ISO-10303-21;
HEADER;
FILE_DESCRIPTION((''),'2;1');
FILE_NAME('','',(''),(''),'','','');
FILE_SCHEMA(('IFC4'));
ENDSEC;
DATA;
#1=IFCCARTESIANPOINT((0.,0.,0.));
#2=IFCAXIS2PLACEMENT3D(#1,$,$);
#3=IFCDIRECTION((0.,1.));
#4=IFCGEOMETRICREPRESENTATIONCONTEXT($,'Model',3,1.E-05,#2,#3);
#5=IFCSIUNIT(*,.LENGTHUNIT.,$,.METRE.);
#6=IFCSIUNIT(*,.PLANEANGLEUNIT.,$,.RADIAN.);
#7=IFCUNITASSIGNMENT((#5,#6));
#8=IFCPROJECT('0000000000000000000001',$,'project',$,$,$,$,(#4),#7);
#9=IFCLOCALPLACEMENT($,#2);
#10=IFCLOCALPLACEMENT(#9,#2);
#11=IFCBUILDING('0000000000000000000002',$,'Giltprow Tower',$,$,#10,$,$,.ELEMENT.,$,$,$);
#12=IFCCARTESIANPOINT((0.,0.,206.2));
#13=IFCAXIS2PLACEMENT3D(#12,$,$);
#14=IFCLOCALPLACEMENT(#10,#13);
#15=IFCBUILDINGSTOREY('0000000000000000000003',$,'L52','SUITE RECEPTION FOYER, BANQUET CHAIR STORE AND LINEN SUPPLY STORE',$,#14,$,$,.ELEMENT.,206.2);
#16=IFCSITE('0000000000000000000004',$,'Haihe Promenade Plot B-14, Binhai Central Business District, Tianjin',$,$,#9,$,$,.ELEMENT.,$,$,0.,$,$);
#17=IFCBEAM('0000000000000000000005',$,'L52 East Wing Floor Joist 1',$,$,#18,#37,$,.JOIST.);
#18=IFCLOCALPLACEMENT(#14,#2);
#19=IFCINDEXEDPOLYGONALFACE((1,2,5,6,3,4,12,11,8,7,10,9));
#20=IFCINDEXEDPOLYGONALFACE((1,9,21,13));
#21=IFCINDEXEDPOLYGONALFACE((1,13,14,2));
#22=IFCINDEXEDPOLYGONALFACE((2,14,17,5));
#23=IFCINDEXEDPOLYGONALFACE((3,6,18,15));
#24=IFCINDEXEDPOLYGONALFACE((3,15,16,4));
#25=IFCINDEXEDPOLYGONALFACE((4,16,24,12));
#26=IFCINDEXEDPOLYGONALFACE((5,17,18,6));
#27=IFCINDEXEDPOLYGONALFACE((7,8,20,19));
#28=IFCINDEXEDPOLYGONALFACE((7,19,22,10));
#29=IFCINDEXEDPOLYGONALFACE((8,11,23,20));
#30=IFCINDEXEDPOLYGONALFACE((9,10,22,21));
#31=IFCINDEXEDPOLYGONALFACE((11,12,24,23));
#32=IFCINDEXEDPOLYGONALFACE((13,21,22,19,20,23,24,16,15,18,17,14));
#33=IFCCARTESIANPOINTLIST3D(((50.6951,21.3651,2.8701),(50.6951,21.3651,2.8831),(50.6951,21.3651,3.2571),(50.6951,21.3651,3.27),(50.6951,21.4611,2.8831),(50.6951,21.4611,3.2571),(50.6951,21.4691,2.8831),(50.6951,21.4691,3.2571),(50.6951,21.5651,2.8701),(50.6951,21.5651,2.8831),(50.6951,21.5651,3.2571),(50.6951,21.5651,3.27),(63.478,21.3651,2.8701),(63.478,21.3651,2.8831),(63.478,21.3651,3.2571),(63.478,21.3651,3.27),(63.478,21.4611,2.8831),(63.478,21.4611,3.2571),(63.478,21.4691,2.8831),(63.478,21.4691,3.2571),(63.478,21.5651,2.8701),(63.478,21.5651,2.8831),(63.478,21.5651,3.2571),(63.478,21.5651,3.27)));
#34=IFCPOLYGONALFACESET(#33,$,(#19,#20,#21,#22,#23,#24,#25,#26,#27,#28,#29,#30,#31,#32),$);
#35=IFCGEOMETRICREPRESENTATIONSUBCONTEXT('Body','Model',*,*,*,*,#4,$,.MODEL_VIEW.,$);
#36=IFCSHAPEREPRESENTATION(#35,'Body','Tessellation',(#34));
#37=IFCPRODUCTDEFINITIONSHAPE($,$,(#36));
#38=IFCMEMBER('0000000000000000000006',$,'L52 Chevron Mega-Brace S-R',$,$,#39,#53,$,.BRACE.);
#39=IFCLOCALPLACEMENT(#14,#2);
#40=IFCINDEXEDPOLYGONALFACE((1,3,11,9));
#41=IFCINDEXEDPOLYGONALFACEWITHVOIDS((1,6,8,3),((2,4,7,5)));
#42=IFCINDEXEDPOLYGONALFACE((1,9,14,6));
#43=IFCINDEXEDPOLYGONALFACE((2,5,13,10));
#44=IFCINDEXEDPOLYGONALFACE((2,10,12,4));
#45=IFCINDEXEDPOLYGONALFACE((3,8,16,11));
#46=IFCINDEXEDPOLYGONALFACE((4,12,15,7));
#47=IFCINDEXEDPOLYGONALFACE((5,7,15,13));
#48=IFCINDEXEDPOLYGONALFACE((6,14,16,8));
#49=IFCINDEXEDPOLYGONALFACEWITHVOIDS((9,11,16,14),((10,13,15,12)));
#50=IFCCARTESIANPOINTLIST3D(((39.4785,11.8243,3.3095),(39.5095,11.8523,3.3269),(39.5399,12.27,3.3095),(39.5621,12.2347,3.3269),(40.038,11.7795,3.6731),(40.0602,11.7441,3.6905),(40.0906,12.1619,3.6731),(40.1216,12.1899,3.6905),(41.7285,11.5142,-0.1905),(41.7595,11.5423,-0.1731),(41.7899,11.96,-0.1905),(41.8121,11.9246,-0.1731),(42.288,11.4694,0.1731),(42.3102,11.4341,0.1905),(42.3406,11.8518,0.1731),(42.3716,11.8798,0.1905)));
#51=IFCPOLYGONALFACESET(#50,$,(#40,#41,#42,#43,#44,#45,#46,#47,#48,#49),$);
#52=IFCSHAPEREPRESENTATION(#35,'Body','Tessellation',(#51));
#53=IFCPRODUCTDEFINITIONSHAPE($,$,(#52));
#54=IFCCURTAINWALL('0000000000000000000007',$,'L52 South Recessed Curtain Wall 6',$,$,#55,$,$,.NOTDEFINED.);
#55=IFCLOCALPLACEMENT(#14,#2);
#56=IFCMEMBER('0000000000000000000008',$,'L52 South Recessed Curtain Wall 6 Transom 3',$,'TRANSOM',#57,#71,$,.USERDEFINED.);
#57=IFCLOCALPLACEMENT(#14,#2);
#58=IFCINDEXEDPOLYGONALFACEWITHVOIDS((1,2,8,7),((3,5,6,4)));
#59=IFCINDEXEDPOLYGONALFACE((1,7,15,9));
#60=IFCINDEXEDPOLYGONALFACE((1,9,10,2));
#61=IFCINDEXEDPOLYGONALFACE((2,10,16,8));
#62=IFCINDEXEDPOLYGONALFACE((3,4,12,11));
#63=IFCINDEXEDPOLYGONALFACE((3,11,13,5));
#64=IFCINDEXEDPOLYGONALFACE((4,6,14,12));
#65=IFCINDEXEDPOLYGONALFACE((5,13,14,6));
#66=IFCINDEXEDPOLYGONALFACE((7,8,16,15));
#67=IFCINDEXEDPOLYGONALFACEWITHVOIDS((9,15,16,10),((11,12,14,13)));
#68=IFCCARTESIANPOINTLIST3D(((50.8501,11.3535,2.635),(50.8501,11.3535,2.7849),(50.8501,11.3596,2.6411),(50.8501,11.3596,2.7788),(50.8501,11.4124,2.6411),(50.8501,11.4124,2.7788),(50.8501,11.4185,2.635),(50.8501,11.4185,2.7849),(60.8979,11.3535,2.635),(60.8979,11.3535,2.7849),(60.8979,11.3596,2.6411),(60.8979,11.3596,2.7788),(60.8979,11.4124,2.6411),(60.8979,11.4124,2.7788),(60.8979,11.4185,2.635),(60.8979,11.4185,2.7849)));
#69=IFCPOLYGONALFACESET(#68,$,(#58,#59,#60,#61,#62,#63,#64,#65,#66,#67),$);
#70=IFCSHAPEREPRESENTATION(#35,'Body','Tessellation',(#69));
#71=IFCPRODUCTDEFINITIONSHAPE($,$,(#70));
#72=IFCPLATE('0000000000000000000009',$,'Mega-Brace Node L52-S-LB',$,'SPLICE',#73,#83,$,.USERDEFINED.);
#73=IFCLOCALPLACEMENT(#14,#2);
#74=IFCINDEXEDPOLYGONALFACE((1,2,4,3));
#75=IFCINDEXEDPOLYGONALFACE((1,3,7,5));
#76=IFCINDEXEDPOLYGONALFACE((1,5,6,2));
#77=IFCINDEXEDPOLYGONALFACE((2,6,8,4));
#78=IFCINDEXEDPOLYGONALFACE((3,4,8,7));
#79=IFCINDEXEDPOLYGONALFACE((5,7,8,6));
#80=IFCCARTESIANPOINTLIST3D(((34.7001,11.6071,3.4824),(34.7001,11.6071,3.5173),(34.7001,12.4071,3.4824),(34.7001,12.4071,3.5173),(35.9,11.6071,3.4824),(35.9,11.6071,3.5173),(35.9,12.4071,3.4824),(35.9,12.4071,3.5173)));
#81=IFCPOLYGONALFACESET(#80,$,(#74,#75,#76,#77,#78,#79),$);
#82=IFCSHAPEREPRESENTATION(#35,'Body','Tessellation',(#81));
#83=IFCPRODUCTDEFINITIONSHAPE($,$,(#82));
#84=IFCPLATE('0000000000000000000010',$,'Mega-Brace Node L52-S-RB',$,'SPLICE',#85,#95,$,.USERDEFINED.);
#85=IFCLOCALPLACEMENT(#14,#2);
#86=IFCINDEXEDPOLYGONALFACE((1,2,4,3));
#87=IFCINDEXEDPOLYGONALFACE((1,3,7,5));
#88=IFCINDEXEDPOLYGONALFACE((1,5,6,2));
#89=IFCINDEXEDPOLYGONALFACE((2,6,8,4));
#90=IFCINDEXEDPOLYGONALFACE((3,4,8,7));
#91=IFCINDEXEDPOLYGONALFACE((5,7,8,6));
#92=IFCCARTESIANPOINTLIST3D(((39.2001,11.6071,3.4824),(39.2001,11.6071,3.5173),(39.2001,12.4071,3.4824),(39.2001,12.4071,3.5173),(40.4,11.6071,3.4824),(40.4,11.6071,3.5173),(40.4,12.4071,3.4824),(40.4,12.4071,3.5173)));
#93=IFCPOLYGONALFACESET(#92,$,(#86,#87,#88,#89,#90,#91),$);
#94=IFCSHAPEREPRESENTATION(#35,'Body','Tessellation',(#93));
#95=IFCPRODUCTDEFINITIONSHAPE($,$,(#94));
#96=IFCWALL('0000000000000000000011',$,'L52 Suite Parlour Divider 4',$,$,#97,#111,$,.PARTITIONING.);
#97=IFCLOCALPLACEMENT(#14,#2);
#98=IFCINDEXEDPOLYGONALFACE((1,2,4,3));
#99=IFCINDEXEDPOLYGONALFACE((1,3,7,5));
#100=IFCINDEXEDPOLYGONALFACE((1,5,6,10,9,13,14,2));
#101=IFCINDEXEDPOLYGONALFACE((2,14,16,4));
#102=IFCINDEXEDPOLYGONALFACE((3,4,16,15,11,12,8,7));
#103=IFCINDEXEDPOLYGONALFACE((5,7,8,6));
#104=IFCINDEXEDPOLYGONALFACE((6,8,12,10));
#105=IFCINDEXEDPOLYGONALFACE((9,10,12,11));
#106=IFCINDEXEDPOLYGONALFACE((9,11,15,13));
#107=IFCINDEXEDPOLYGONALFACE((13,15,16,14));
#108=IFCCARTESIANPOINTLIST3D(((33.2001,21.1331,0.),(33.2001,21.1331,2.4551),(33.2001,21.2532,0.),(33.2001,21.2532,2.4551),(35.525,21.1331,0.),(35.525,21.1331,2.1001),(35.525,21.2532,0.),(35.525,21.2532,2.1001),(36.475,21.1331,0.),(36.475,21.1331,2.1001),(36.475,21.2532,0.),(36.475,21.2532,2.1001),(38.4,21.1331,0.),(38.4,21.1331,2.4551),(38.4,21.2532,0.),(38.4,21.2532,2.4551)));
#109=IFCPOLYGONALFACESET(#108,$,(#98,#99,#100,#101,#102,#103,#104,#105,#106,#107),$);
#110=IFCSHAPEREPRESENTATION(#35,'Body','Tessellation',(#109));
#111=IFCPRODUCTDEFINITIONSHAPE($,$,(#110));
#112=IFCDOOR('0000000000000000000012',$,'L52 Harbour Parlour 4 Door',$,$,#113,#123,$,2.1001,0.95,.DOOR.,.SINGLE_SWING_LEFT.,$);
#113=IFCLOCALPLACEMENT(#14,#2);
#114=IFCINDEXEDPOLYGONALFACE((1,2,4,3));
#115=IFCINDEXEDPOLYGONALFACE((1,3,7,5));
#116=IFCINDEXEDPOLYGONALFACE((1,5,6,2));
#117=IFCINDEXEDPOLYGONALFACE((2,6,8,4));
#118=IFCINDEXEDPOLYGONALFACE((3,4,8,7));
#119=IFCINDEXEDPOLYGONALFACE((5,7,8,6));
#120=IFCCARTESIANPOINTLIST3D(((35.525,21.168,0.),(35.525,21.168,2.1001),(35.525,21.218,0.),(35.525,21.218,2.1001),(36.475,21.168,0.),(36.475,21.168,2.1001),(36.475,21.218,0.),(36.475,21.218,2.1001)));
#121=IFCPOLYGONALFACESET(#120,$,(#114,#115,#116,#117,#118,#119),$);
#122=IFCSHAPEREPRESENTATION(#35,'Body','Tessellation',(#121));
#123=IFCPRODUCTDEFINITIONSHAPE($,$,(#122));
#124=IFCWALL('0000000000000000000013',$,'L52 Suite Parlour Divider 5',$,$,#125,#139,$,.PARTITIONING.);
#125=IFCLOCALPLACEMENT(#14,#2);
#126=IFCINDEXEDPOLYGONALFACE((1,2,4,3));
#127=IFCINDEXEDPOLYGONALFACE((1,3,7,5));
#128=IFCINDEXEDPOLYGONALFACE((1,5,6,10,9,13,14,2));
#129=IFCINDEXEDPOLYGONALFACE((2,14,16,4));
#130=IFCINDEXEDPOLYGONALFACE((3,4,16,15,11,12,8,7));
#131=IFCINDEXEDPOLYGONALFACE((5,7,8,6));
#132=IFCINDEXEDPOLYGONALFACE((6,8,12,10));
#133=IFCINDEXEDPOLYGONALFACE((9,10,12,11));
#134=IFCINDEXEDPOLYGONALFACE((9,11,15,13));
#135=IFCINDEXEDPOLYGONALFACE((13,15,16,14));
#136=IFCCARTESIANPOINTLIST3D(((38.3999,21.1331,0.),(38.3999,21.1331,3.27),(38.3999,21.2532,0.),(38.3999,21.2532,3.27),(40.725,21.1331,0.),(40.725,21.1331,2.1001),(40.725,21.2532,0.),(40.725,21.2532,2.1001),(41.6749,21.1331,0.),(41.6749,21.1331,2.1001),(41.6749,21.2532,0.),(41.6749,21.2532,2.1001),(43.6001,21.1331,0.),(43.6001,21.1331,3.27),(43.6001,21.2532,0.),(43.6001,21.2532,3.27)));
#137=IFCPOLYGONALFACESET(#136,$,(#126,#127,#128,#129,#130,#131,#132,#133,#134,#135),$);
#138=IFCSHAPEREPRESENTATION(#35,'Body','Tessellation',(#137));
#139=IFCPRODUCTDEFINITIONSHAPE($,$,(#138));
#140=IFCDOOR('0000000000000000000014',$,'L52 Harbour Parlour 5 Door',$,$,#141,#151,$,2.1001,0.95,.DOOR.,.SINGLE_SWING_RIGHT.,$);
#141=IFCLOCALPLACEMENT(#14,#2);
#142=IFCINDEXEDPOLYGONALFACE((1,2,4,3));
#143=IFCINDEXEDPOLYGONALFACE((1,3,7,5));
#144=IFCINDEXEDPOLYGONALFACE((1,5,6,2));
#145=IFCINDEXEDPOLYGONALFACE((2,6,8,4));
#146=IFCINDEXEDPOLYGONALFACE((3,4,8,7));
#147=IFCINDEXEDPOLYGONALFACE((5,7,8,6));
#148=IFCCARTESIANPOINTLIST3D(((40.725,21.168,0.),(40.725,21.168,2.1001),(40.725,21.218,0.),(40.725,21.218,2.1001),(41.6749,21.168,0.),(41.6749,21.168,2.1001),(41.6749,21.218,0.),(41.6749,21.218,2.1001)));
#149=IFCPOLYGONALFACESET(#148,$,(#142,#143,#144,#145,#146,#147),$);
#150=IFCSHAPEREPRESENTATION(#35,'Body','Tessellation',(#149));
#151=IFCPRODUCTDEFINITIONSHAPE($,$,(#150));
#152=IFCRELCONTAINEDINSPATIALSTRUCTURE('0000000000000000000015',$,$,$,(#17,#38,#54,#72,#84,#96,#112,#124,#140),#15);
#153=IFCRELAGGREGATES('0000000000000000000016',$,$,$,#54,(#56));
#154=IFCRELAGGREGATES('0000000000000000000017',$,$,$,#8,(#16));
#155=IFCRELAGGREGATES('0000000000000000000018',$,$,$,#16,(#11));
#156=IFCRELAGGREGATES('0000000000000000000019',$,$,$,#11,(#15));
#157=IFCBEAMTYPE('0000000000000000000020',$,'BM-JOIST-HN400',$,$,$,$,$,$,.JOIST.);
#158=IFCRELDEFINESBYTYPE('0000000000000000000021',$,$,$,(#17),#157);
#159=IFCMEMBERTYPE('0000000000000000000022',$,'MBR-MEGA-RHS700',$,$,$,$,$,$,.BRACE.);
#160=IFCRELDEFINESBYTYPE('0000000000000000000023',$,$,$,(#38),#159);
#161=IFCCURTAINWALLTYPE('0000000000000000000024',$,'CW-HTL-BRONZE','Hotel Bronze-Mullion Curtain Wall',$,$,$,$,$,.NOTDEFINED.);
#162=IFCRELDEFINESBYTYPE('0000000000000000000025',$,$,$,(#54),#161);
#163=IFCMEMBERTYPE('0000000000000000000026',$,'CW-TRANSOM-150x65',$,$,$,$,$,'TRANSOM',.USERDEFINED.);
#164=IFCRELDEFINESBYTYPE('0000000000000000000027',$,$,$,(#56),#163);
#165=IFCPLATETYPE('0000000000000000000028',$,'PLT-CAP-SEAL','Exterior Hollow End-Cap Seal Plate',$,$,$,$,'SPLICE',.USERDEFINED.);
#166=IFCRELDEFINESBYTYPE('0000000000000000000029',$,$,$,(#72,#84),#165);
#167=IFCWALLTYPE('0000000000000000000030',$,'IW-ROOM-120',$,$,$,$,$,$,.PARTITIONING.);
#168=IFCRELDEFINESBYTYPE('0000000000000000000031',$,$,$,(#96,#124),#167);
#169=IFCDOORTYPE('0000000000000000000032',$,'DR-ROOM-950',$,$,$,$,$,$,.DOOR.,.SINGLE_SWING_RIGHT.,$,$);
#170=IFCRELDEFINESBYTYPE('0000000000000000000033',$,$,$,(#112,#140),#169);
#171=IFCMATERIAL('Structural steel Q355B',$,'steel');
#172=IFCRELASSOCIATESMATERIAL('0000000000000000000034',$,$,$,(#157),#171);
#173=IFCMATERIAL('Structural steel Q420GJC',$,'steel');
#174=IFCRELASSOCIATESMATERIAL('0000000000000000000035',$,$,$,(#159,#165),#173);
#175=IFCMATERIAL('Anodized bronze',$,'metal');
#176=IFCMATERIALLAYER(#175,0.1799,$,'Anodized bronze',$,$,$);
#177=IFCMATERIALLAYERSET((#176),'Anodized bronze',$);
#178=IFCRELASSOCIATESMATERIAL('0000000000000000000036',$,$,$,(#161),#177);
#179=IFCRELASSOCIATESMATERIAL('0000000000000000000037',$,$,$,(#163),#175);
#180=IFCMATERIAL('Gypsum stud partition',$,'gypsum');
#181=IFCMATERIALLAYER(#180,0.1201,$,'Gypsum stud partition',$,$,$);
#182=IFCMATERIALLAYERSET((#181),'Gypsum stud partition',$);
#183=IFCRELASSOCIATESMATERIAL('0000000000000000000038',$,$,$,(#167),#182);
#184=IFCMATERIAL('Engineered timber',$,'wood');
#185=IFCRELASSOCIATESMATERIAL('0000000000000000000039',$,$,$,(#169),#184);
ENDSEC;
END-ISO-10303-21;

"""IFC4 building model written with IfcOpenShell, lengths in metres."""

from ifc_helpers import new_model, si_unit, direction, frame, frame_2d, origin, origin_2d, place, context, subcontext, project, spatial, rectangle, hollow_rectangle, i_section, extrude, source, transform, mapped, material, layer, layer_set, material_profile, profile_set, type_object, element, fill, aggregate, save


model = new_model("IFC4")

# Units and contexts
model_context = context("Model", 3, precision=1e-05, world=origin(), true_north=direction((0.0, 1.0)))
body_context = subcontext(model_context, "Body", "Model", "MODEL_VIEW")
ifc_project = project(units=[si_unit("LENGTHUNIT", "METRE"), si_unit("PLANEANGLEUNIT", "RADIAN")], contexts=[model_context])

# Site, building, storey
site_placement = place(None, origin())
site = spatial("IfcSite", under=ifc_project, at=site_placement, Name="Haihe Promenade Plot B-14, Binhai Central Business District, Tianjin", CompositionType="ELEMENT", RefElevation=0.0)
building_placement = place(site_placement, origin())
building = spatial("IfcBuilding", under=site, at=building_placement, Name="Giltprow Tower", CompositionType="ELEMENT")
storey_placement = place(building_placement, frame((0.0, 0.0, 206.2)))
storey = spatial("IfcBuildingStorey", under=building, at=storey_placement, Name="L52", Description="SUITE RECEPTION FOYER, BANQUET CHAIR STORE AND LINEN SUPPLY STORE", CompositionType="ELEMENT", Elevation=206.2)

# Beam
ifc_material_1 = material(Name="Structural steel Q355B", Category="steel")
ifc_material_profile_1 = material_profile(ifc_material_1, i_section(OverallWidth=0.2, OverallDepth=0.3999, WebThickness=0.0081, FlangeThickness=0.0129, at=origin_2d()), Name="HN 400x200x8x13")
ifc_profile_set_1 = profile_set([ifc_material_profile_1], Name="Structural steel Q355B")
beam_type_1 = type_object("IfcBeamType", Name="BM-JOIST-HN400", PredefinedType="JOIST", material=ifc_profile_set_1)
shared_shape_1 = source(origin(), body_context, "Body", "SweptSolid", [
    extrude(i_section(OverallWidth=0.2, OverallDepth=0.3999, WebThickness=0.0081, FlangeThickness=0.0129, at=origin_2d()), origin(), (0.0, 0.0, 1.0), 12.783),
])
beam_1_placement = place(storey_placement, frame((50.6951, 21.4651, 3.0701), z_axis=(1.0, 0.0, 0.0), x_axis=(0.0, 1.0, 0.0)))
element("IfcBeam", 1, at=beam_1_placement, inside=storey, type_object=beam_type_1, Name="L52 East Wing Floor Joist 1", PredefinedType="JOIST", context=body_context, shape_type="MappedRepresentation", body=[
    mapped(shared_shape_1, transform((0.0, 0.0, 0.0), x_axis=(1.0, 0.0, 0.0), y_axis=(0.0, 1.0, 0.0), z_axis=(0.0, 0.0, 1.0), scale=1.0)),
])

# Member
ifc_material_2 = material(Name="Structural steel Q420GJC", Category="steel")
ifc_material_profile_2 = material_profile(ifc_material_2, hollow_rectangle(XDim=0.45, YDim=0.7, WallThickness=0.032, at=origin_2d()), Name="RHS 700x450x32")
ifc_profile_set_2 = profile_set([ifc_material_profile_2], Name="Structural steel Q420GJC")
member_type_1 = type_object("IfcMemberType", Name="MBR-MEGA-RHS700", PredefinedType="BRACE", material=ifc_profile_set_2)
shared_shape_2 = source(origin(), body_context, "Body", "SweptSolid", [
    extrude(hollow_rectangle(XDim=0.45, YDim=0.7, WallThickness=0.032, at=origin_2d()), origin(), (0.0, 0.0, 1.0), 4.1724),
])
member_1_placement = place(storey_placement, frame((42.05, 11.697, 0.0), z_axis=(-0.539262, 0.074312, 0.838853), x_axis=(-0.136514, -0.990638, 0.0)))
element("IfcMember", 2, at=member_1_placement, inside=storey, type_object=member_type_1, Name="L52 Chevron Mega-Brace S-R", PredefinedType="BRACE", context=body_context, shape_type="MappedRepresentation", body=[
    mapped(shared_shape_2, transform((0.0, 0.0, 0.0), x_axis=(1.0, 0.0, 0.0), y_axis=(0.0, 1.0, 0.0), z_axis=(0.0, 0.0, 1.0), scale=1.0)),
])

# Curtain wall, member
ifc_material_3 = material(Name="Anodized bronze", Category="metal")
ifc_layer_1 = layer(ifc_material_3, 0.1799, Name="Anodized bronze")
ifc_layer_set_1 = layer_set([ifc_layer_1], Name="Anodized bronze")
curtain_wall_type = type_object("IfcCurtainWallType", Name="CW-HTL-BRONZE", Description="Hotel Bronze-Mullion Curtain Wall", PredefinedType="NOTDEFINED", material=ifc_layer_set_1)
curtain_wall_placement = place(storey_placement, origin())
curtain_wall = element("IfcCurtainWall", 3, at=curtain_wall_placement, inside=storey, type_object=curtain_wall_type, Name="L52 South Recessed Curtain Wall 6", PredefinedType="NOTDEFINED")
ifc_material_profile_3 = material_profile(ifc_material_3, hollow_rectangle(XDim=0.0649, YDim=0.1499, WallThickness=0.0061, at=origin_2d()), Name="RHS 150x65x6")
ifc_profile_set_3 = profile_set([ifc_material_profile_3], Name="Anodized bronze")
member_type_2 = type_object("IfcMemberType", Name="CW-TRANSOM-150x65", ElementType="TRANSOM", PredefinedType="USERDEFINED", material=ifc_profile_set_3)
shared_shape_3 = source(origin(), body_context, "Body", "SweptSolid", [
    extrude(hollow_rectangle(XDim=0.0649, YDim=0.1499, WallThickness=0.0061, at=origin_2d()), origin(), (0.0, 0.0, 1.0), 10.0479),
])
member_2_placement = place(storey_placement, frame((50.8501, 11.386, 2.71), z_axis=(1.0, 0.0, 0.0), x_axis=(0.0, 1.0, 0.0)))
member_2 = element("IfcMember", 4, at=member_2_placement, type_object=member_type_2, Name="L52 South Recessed Curtain Wall 6 Transom 3", ObjectType="TRANSOM", PredefinedType="USERDEFINED", context=body_context, shape_type="MappedRepresentation", body=[
    mapped(shared_shape_3, transform((0.0, 0.0, 0.0), x_axis=(1.0, 0.0, 0.0), y_axis=(0.0, 1.0, 0.0), z_axis=(0.0, 0.0, 1.0), scale=1.0)),
])
aggregate(curtain_wall, [member_2])

# Plates
plate_type = type_object("IfcPlateType", Name="PLT-CAP-SEAL", Description="Exterior Hollow End-Cap Seal Plate", ElementType="SPLICE", PredefinedType="USERDEFINED", material=ifc_material_2)
shared_shape_4 = source(origin(), body_context, "Body", "SweptSolid", [
    extrude(rectangle(XDim=1.2, YDim=0.8, at=origin_2d()), origin(), (0.0, 0.0, 1.0), 0.0349),
])
for number, where, z_axis, x_axis, name in (
    (5, (35.3, 12.0071, 3.4824), (0.0, 0.0, 1.0), (1.0, 0.0, 0.0), "Mega-Brace Node L52-S-LB"),
    (6, (39.8, 12.0071, 3.4824), (0.0, 0.0, 1.0), (1.0, 0.0, 0.0), "Mega-Brace Node L52-S-RB"),
):
    element("IfcPlate", number, at=place(storey_placement, frame(where, z_axis=z_axis, x_axis=x_axis)), inside=storey, type_object=plate_type, Name=name, ObjectType="SPLICE", PredefinedType="USERDEFINED", context=body_context, shape_type="MappedRepresentation", body=[
        mapped(shared_shape_4, transform((0.0, 0.0, 0.0), x_axis=(1.0, 0.0, 0.0), y_axis=(0.0, 1.0, 0.0), z_axis=(0.0, 0.0, 1.0), scale=1.0)),
    ])

# Walls, openings, doors
ifc_material_4 = material(Name="Gypsum stud partition", Category="gypsum")
ifc_layer_2 = layer(ifc_material_4, 0.1201, Name="Gypsum stud partition")
ifc_layer_set_2 = layer_set([ifc_layer_2], Name="Gypsum stud partition")
wall_type = type_object("IfcWallType", Name="IW-ROOM-120", PredefinedType="PARTITIONING", material=ifc_layer_set_2)
wall_1_placement = place(storey_placement, frame((33.2, 21.1931, 0.0), z_axis=(0.0, 0.0, 1.0), x_axis=(1.0, 0.0, 0.0)))
wall_1 = element("IfcWall", 7, at=wall_1_placement, inside=storey, type_object=wall_type, Name="L52 Suite Parlour Divider 4", PredefinedType="PARTITIONING", context=body_context, shape_type="SweptSolid", body=[
    extrude(rectangle(XDim=5.2, YDim=0.1201, at=frame_2d((2.6001, 0.0))), origin(), (0.0, 0.0, 1.0), 2.4551),
])
opening_1_placement = place(wall_1_placement, frame((2.325, 0.0, 0.0)))
opening_1 = element("IfcOpeningElement", 8, at=opening_1_placement, cuts=wall_1, PredefinedType="OPENING", context=body_context, shape_type="SweptSolid", body=[
    extrude(rectangle(XDim=0.95, YDim=2.1001, at=frame_2d((0.4751, 1.05))), frame((0.0, 0.0701, 0.0), z_axis=(0.0, -1.0, 0.0), x_axis=(1.0, 0.0, 0.0)), (0.0, 0.0, 1.0), 0.1401),
])
ifc_material_5 = material(Name="Engineered timber", Category="wood")
door_type = type_object("IfcDoorType", Name="DR-ROOM-950", OperationType="SINGLE_SWING_RIGHT", PredefinedType="DOOR", material=ifc_material_5)
shared_shape_5 = source(origin(), body_context, "Body", "SweptSolid", [
    extrude(rectangle(XDim=0.95, YDim=2.1001, at=frame_2d((0.4751, 1.05))), frame((0.0, 0.0249, 0.0), z_axis=(0.0, -1.0, 0.0), x_axis=(1.0, 0.0, 0.0)), (0.0, 0.0, 1.0), 0.05),
])
door_1_placement = place(opening_1_placement, origin())
door_1 = element("IfcDoor", 9, at=door_1_placement, inside=storey, type_object=door_type, Name="L52 Harbour Parlour 4 Door", OperationType="SINGLE_SWING_LEFT", OverallHeight=2.1001, OverallWidth=0.95, PredefinedType="DOOR", context=body_context, shape_type="MappedRepresentation", body=[
    mapped(shared_shape_5, transform((0.0, 0.0, 0.0), x_axis=(1.0, 0.0, 0.0), y_axis=(0.0, 1.0, 0.0), z_axis=(0.0, 0.0, 1.0), scale=1.0)),
])
fill(opening_1, door_1)
wall_2_placement = place(storey_placement, frame((38.3999, 21.1931, 0.0), z_axis=(0.0, 0.0, 1.0), x_axis=(1.0, 0.0, 0.0)))
wall_2 = element("IfcWall", 10, at=wall_2_placement, inside=storey, type_object=wall_type, Name="L52 Suite Parlour Divider 5", PredefinedType="PARTITIONING", context=body_context, shape_type="SweptSolid", body=[
    extrude(rectangle(XDim=5.2002, YDim=0.1201, at=frame_2d((2.6001, 0.0))), origin(), (0.0, 0.0, 1.0), 3.27),
])
opening_2_placement = place(wall_2_placement, frame((2.325, 0.0, 0.0)))
opening_2 = element("IfcOpeningElement", 11, at=opening_2_placement, cuts=wall_2, PredefinedType="OPENING", context=body_context, shape_type="SweptSolid", body=[
    extrude(rectangle(XDim=0.95, YDim=2.1001, at=frame_2d((0.4751, 1.05))), frame((0.0, 0.0701, 0.0), z_axis=(0.0, -1.0, 0.0), x_axis=(1.0, 0.0, 0.0)), (0.0, 0.0, 1.0), 0.1401),
])
door_2_placement = place(opening_2_placement, origin())
door_2 = element("IfcDoor", 12, at=door_2_placement, inside=storey, type_object=door_type, Name="L52 Harbour Parlour 5 Door", OperationType="SINGLE_SWING_RIGHT", OverallHeight=2.1001, OverallWidth=0.95, PredefinedType="DOOR", context=body_context, shape_type="MappedRepresentation", body=[
    mapped(shared_shape_5, transform((0.0, 0.0, 0.0), x_axis=(1.0, 0.0, 0.0), y_axis=(0.0, 1.0, 0.0), z_axis=(0.0, 0.0, 1.0), scale=1.0)),
])
fill(opening_2, door_2)

save(model, "model.ifc")
